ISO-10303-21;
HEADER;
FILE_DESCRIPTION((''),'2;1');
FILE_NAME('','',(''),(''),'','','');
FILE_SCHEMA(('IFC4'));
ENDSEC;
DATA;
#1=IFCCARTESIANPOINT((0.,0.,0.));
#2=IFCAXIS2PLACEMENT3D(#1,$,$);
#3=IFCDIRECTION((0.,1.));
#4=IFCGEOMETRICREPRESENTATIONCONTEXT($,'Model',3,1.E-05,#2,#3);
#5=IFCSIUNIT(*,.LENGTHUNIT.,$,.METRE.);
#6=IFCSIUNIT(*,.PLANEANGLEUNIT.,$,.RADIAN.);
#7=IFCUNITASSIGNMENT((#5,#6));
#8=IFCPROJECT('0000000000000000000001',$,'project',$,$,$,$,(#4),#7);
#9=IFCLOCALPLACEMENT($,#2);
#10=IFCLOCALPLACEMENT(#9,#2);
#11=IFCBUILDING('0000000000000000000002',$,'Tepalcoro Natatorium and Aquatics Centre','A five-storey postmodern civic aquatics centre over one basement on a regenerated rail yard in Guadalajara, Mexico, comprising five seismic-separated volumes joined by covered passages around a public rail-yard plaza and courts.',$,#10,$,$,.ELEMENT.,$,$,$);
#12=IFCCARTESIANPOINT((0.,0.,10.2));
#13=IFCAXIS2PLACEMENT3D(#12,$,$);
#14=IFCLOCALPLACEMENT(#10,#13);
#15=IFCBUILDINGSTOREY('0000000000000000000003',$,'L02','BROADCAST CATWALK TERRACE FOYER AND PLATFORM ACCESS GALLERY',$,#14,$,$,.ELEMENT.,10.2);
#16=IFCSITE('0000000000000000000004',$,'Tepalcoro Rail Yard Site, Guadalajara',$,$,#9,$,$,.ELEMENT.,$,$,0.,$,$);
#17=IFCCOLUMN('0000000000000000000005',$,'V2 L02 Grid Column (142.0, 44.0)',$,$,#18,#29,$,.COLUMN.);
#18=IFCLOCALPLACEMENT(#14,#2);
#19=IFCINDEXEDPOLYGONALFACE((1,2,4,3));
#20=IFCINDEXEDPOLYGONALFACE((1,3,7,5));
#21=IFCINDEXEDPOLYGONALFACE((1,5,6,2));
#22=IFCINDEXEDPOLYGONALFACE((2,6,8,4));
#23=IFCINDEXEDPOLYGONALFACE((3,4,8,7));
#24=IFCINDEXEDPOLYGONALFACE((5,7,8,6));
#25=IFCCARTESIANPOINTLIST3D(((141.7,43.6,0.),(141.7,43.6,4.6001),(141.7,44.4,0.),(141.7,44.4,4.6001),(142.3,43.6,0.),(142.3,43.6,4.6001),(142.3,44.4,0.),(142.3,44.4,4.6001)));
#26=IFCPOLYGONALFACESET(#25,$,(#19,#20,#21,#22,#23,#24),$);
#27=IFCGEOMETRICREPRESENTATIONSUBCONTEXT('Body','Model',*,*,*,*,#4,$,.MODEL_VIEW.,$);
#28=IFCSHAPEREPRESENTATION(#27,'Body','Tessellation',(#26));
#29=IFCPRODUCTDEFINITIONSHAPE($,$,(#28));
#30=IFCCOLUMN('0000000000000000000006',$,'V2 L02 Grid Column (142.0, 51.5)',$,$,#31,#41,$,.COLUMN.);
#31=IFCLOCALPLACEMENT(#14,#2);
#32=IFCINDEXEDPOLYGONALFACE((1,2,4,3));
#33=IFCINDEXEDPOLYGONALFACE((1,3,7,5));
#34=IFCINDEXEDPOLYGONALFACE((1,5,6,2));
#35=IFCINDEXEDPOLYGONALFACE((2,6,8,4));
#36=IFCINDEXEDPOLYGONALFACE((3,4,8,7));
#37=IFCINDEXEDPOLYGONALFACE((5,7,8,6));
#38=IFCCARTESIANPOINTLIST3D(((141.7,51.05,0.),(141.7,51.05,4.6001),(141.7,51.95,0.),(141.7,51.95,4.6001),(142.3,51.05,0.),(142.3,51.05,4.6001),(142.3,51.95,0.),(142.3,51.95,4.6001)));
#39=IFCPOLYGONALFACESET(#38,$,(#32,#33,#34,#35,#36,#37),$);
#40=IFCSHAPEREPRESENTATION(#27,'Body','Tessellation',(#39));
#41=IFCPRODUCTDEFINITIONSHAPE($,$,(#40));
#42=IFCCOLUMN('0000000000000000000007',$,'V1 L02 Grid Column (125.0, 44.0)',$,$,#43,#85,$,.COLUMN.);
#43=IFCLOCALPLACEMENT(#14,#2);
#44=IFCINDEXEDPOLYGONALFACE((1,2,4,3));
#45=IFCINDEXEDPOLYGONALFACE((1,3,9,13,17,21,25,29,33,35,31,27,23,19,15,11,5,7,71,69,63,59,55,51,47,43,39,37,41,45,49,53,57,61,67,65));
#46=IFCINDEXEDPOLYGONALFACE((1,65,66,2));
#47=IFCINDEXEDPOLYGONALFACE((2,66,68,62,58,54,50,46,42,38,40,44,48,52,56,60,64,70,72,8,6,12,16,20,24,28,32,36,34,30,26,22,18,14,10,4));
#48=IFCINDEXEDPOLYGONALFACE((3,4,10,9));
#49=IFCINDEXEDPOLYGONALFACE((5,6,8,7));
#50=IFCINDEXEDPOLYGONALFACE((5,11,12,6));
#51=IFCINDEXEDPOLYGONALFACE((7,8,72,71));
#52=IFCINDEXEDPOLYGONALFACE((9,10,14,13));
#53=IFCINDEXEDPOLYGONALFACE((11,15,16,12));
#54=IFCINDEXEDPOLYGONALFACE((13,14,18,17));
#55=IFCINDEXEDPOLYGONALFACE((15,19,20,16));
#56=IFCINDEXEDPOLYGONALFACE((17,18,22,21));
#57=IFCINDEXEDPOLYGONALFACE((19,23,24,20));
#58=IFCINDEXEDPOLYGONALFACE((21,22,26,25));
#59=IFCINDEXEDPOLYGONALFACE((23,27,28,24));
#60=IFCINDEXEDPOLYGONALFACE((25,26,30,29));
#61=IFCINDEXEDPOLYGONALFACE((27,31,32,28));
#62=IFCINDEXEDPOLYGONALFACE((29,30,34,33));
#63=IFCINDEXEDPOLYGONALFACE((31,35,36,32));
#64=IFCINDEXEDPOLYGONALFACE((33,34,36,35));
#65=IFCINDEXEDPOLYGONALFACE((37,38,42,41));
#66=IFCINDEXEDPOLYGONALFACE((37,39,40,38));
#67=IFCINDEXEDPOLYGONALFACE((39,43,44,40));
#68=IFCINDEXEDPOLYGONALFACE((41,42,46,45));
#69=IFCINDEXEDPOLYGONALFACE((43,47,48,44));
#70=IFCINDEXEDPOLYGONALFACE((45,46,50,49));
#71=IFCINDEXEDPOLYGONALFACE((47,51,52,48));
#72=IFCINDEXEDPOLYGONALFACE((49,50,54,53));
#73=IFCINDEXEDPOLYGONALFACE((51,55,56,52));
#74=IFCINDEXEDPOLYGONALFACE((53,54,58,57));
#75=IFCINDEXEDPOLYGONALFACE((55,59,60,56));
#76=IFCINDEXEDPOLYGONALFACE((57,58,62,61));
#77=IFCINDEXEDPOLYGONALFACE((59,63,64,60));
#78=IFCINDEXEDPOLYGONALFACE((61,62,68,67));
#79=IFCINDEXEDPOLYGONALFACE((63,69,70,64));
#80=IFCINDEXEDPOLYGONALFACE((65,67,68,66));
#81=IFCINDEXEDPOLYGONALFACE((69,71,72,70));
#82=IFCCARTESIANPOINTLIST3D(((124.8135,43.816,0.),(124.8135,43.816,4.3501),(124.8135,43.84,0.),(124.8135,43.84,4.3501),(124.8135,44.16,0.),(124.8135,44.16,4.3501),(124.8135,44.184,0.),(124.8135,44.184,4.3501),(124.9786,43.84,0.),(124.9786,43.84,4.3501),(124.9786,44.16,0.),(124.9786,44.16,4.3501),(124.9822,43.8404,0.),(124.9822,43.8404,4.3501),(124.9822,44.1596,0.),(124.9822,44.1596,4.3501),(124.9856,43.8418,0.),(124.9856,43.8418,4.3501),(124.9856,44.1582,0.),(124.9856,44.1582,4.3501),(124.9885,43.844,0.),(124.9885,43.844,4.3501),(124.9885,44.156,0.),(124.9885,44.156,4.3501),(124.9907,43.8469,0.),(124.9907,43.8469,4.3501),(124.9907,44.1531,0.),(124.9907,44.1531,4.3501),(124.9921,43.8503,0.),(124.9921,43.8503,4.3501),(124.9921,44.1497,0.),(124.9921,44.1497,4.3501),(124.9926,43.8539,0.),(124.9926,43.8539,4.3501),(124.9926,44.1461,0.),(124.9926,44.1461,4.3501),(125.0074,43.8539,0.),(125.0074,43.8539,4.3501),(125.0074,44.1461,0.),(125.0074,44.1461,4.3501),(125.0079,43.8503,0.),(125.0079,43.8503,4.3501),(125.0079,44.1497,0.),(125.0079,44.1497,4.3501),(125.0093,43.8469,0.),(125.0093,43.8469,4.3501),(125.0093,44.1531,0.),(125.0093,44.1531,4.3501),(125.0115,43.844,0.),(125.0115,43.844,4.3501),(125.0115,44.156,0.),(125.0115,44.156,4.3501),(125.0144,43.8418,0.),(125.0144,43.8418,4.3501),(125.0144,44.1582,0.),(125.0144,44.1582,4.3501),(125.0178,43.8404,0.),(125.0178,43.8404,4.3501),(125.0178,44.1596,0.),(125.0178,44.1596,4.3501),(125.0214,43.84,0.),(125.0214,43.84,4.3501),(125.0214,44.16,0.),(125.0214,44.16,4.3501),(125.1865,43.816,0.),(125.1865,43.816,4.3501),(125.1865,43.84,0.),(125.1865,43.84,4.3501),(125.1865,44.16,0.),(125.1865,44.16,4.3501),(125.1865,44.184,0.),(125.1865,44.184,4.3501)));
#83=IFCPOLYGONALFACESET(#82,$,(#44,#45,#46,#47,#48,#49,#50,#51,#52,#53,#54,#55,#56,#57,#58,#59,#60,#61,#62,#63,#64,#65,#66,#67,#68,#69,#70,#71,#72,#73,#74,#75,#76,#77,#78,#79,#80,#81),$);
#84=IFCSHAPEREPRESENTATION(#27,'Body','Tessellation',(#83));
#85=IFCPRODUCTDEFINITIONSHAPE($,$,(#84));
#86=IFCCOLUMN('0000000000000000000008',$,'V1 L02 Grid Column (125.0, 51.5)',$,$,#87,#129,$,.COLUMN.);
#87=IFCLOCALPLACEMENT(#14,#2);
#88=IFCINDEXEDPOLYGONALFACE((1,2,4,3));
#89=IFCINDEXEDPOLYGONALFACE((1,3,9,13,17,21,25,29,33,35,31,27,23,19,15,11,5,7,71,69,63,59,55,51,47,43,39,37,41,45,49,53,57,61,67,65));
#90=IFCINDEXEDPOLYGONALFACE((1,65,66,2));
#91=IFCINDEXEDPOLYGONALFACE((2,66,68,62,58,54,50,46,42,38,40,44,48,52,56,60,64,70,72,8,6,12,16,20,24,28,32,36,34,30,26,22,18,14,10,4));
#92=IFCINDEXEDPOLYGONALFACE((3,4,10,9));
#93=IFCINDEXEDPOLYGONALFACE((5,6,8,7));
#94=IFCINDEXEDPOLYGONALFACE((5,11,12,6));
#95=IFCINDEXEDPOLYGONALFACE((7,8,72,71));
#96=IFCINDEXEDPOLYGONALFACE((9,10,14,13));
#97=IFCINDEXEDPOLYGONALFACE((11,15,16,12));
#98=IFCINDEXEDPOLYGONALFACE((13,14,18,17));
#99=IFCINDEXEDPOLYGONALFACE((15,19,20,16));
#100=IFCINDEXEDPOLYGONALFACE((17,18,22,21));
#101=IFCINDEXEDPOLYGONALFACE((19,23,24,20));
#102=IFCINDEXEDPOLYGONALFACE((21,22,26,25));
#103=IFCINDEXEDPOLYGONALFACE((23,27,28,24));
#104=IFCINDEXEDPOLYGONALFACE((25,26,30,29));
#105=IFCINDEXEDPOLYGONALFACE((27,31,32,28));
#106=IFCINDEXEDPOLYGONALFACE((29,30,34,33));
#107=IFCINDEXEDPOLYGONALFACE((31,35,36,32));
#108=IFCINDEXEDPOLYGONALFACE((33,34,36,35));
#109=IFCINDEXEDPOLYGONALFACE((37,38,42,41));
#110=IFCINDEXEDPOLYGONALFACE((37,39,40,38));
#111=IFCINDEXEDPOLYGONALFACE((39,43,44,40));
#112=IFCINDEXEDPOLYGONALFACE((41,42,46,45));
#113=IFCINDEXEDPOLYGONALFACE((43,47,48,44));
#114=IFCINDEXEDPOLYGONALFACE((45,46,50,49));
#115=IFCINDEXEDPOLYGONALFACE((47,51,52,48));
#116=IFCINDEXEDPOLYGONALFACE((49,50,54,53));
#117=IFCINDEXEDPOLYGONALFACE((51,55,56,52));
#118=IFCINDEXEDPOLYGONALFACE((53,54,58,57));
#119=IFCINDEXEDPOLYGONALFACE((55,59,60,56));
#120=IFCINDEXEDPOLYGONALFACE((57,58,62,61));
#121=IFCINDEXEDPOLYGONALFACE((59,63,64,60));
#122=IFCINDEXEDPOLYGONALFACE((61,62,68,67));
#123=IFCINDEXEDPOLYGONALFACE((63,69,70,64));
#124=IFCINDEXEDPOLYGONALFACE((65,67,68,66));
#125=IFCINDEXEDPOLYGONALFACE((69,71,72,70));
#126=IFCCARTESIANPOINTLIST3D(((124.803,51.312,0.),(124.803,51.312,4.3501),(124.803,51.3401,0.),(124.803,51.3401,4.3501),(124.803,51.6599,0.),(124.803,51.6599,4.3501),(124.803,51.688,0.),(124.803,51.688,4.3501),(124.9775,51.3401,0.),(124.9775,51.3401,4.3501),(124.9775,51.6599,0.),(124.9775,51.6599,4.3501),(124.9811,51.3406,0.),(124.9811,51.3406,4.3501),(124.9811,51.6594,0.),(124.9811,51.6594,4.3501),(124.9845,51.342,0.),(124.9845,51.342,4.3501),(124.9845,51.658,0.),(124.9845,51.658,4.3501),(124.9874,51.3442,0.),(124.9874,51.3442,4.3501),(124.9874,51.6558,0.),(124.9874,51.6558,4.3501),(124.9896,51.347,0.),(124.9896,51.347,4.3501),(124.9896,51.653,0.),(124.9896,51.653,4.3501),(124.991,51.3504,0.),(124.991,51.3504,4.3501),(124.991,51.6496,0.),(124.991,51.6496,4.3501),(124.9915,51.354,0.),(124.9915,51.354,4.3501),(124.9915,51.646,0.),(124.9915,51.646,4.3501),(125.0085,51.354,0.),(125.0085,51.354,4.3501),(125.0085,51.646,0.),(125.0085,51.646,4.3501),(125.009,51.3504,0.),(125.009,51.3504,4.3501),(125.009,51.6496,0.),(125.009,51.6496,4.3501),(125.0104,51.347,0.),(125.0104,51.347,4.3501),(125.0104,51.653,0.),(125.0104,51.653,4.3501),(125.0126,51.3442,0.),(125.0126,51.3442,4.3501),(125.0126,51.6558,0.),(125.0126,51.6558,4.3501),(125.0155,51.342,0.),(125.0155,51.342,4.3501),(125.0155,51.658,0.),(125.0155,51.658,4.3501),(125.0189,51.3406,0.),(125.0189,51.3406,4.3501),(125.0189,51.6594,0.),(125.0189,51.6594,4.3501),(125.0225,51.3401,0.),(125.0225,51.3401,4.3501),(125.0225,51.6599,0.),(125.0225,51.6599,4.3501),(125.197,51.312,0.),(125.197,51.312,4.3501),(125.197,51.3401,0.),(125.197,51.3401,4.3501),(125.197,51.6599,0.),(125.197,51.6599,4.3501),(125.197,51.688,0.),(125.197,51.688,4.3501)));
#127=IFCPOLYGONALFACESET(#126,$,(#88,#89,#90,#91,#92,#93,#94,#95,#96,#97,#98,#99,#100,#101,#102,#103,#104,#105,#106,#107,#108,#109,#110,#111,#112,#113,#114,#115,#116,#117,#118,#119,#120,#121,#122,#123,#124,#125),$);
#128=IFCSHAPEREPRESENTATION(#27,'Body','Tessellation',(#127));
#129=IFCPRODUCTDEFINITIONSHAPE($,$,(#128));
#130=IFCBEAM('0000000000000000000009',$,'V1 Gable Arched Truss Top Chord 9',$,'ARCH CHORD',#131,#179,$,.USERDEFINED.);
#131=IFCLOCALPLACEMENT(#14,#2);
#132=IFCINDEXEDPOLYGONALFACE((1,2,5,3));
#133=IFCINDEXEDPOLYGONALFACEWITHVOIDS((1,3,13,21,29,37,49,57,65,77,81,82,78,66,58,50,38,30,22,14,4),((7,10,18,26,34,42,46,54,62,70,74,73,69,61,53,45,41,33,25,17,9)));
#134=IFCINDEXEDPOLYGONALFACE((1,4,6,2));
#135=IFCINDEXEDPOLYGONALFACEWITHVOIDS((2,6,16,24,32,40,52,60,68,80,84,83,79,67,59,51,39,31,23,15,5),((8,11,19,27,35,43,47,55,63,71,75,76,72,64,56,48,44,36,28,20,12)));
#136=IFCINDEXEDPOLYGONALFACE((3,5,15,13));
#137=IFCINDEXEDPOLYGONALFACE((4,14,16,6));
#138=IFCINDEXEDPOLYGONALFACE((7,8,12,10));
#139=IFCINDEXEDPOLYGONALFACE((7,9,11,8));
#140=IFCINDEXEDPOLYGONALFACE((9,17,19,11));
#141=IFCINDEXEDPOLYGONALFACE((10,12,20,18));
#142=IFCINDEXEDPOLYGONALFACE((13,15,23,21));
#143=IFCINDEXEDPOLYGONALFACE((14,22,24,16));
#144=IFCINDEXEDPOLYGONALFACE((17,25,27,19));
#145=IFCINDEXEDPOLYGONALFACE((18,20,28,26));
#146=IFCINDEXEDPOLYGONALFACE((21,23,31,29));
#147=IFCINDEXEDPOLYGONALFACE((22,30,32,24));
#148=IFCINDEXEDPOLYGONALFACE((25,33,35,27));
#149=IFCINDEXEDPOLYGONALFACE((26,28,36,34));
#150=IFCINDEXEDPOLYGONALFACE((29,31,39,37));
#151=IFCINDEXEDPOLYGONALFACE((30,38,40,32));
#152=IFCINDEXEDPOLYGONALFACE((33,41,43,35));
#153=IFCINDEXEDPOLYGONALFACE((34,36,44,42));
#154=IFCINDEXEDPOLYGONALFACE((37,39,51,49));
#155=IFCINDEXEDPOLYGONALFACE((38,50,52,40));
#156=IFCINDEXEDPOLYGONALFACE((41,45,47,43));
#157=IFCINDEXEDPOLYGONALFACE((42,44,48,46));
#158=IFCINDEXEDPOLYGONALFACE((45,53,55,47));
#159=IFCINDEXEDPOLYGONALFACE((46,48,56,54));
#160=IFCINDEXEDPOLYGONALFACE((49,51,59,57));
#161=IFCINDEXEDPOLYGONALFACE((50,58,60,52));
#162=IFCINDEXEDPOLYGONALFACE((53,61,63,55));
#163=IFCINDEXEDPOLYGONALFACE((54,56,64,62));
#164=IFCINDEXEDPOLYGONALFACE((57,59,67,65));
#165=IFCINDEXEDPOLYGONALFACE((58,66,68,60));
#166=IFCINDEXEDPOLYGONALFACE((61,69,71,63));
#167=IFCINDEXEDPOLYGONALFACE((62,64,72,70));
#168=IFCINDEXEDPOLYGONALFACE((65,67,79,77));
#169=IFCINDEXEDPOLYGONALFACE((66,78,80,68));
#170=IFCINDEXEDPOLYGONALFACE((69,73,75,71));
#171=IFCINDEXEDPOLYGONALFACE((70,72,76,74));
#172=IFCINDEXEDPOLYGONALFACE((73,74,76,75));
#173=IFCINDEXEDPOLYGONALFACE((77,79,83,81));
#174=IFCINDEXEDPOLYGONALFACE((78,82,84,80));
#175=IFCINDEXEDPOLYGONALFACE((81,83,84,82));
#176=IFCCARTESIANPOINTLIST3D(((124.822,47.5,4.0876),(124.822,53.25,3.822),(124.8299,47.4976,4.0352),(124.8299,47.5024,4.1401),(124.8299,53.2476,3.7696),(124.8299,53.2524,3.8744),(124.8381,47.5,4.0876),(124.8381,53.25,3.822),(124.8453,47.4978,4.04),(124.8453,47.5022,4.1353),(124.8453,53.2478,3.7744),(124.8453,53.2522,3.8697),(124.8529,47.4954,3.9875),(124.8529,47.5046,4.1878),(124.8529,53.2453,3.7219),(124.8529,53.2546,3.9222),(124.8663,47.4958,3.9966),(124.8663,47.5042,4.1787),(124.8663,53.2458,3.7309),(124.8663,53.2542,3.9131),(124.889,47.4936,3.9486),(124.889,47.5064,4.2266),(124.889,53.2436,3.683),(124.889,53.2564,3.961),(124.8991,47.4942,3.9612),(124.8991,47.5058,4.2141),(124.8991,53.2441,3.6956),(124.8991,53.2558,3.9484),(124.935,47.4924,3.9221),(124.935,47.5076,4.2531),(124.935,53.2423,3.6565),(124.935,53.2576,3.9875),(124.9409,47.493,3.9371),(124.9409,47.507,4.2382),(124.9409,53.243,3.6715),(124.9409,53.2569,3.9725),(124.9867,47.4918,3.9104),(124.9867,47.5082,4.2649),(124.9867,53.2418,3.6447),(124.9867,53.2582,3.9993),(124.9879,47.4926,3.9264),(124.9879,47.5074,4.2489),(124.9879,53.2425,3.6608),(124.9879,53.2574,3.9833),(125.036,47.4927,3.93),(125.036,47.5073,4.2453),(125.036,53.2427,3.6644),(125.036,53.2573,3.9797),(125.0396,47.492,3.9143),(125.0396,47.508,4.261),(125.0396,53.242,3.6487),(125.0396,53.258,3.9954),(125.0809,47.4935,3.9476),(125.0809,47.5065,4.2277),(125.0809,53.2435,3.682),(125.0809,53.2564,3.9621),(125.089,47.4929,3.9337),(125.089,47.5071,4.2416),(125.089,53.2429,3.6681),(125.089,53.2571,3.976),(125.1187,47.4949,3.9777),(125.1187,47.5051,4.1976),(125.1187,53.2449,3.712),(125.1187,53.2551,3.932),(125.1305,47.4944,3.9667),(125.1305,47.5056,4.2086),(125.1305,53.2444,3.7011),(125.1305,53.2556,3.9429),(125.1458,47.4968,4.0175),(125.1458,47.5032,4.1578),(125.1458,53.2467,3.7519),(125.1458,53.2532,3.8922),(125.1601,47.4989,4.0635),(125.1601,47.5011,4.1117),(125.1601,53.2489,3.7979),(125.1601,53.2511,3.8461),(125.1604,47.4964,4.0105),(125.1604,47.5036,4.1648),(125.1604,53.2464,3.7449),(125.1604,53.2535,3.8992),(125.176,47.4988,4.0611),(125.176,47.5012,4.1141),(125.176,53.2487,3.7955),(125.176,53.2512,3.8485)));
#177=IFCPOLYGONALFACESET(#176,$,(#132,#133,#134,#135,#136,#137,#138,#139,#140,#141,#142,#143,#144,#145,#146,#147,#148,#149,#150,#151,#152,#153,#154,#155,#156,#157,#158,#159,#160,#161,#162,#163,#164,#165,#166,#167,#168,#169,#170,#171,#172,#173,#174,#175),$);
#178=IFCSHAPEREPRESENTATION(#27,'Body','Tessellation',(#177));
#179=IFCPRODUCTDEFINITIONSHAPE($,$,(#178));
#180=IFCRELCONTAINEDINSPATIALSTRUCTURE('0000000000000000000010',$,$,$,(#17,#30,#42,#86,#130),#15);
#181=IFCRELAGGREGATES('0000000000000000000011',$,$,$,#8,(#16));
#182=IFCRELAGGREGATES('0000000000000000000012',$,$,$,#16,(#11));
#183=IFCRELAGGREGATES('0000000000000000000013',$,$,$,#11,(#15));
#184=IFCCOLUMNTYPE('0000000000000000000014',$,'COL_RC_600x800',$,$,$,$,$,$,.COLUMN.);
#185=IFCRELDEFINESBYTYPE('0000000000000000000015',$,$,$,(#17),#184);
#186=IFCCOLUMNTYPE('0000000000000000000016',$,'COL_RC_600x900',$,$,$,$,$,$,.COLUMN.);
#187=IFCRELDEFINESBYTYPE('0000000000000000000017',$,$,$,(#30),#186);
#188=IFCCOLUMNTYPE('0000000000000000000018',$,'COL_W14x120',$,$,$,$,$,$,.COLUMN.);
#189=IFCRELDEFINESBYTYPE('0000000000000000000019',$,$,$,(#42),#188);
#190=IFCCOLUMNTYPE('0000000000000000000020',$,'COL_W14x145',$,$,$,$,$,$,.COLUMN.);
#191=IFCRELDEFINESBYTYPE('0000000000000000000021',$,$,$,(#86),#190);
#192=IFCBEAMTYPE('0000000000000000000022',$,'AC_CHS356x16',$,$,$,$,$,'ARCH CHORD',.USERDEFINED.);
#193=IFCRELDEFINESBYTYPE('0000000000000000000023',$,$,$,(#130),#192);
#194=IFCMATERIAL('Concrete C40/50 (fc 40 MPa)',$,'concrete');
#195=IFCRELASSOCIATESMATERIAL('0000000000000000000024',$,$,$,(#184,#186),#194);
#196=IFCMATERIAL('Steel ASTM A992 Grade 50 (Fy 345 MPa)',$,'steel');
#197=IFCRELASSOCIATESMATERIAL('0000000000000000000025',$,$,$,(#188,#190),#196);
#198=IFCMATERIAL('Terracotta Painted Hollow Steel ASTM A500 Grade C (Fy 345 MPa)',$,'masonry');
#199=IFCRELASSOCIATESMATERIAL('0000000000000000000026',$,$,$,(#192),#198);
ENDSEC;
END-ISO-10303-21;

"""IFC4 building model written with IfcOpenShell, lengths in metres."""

from ifc_helpers import new_model, si_unit, direction, frame, origin, origin_2d, place, context, subcontext, project, spatial, rectangle, hollow_circle, i_section, extrude, material, material_profile, profile_set, type_object, element, save


model = new_model("IFC4")

# Units and contexts
model_context = context("Model", 3, precision=1e-05, world=origin(), true_north=direction((0.0, 1.0)))
body_context = subcontext(model_context, "Body", "Model", "MODEL_VIEW")
ifc_project = project(units=[si_unit("LENGTHUNIT", "METRE"), si_unit("PLANEANGLEUNIT", "RADIAN")], contexts=[model_context])

# Site, building, storey
site_placement = place(None, origin())
site = spatial("IfcSite", under=ifc_project, at=site_placement, Name="Tepalcoro Rail Yard Site, Guadalajara", CompositionType="ELEMENT", RefElevation=0.0)
building_placement = place(site_placement, origin())
building = spatial("IfcBuilding", under=site, at=building_placement, Name="Tepalcoro Natatorium and Aquatics Centre", Description="A five-storey postmodern civic aquatics centre over one basement on a regenerated rail yard in Guadalajara, Mexico, comprising five seismic-separated volumes joined by covered passages around a public rail-yard plaza and courts.", CompositionType="ELEMENT")
storey_placement = place(building_placement, frame((0.0, 0.0, 10.2)))
storey = spatial("IfcBuildingStorey", under=building, at=storey_placement, Name="L02", Description="BROADCAST CATWALK TERRACE FOYER AND PLATFORM ACCESS GALLERY", CompositionType="ELEMENT", Elevation=10.2)

# Columns
ifc_material_1 = material(Name="Concrete C40/50 (fc 40 MPa)", Category="concrete")
ifc_material_profile_1 = material_profile(ifc_material_1, rectangle(XDim=0.6001, YDim=0.8, at=origin_2d()), Name="RC600x800")
ifc_profile_set_1 = profile_set([ifc_material_profile_1], Name="Concrete C40/50 (fc 40 MPa)")
column_type_1 = type_object("IfcColumnType", Name="COL_RC_600x800", PredefinedType="COLUMN", material=ifc_profile_set_1)
column_1_placement = place(storey_placement, frame((142.0, 44.0, 0.0), z_axis=(0.0, 0.0, 1.0), x_axis=(1.0, 0.0, 0.0)))
element("IfcColumn", 1, at=column_1_placement, inside=storey, type_object=column_type_1, Name="V2 L02 Grid Column (142.0, 44.0)", PredefinedType="COLUMN", context=body_context, shape_type="SweptSolid", body=[
    extrude(rectangle(XDim=0.6001, YDim=0.8, at=origin_2d()), origin(), (0.0, 0.0, 1.0), 4.6001),
])
ifc_material_profile_2 = material_profile(ifc_material_1, rectangle(XDim=0.6001, YDim=0.8999, at=origin_2d()), Name="RC600x900")
ifc_profile_set_2 = profile_set([ifc_material_profile_2], Name="Concrete C40/50 (fc 40 MPa)")
column_type_2 = type_object("IfcColumnType", Name="COL_RC_600x900", PredefinedType="COLUMN", material=ifc_profile_set_2)
column_2_placement = place(storey_placement, frame((142.0, 51.5, 0.0), z_axis=(0.0, 0.0, 1.0), x_axis=(1.0, 0.0, 0.0)))
element("IfcColumn", 2, at=column_2_placement, inside=storey, type_object=column_type_2, Name="V2 L02 Grid Column (142.0, 51.5)", PredefinedType="COLUMN", context=body_context, shape_type="SweptSolid", body=[
    extrude(rectangle(XDim=0.6001, YDim=0.8999, at=origin_2d()), origin(), (0.0, 0.0, 1.0), 4.6001),
])
ifc_material_2 = material(Name="Steel ASTM A992 Grade 50 (Fy 345 MPa)", Category="steel")
ifc_material_profile_3 = material_profile(ifc_material_2, i_section(OverallWidth=0.373, OverallDepth=0.3679, WebThickness=0.0149, FlangeThickness=0.0239, FilletRadius=0.0139, at=origin_2d()), Name="W14X120")
ifc_profile_set_3 = profile_set([ifc_material_profile_3], Name="Steel ASTM A992 Grade 50 (Fy 345 MPa)")
column_type_3 = type_object("IfcColumnType", Name="COL_W14x120", PredefinedType="COLUMN", material=ifc_profile_set_3)
column_3_placement = place(storey_placement, frame((125.0, 44.0, 0.0), z_axis=(0.0, 0.0, 1.0), x_axis=(1.0, 0.0, 0.0)))
element("IfcColumn", 3, at=column_3_placement, inside=storey, type_object=column_type_3, Name="V1 L02 Grid Column (125.0, 44.0)", PredefinedType="COLUMN", context=body_context, shape_type="SweptSolid", body=[
    extrude(i_section(OverallWidth=0.373, OverallDepth=0.3679, WebThickness=0.0149, FlangeThickness=0.0239, FilletRadius=0.0139, at=origin_2d()), origin(), (0.0, 0.0, 1.0), 4.3501),
])
ifc_material_profile_4 = material_profile(ifc_material_2, i_section(OverallWidth=0.394, OverallDepth=0.376, WebThickness=0.0171, FlangeThickness=0.0281, FilletRadius=0.0139, at=origin_2d()), Name="W14X145")
ifc_profile_set_4 = profile_set([ifc_material_profile_4], Name="Steel ASTM A992 Grade 50 (Fy 345 MPa)")
column_type_4 = type_object("IfcColumnType", Name="COL_W14x145", PredefinedType="COLUMN", material=ifc_profile_set_4)
column_4_placement = place(storey_placement, frame((125.0, 51.5, 0.0), z_axis=(0.0, 0.0, 1.0), x_axis=(1.0, 0.0, 0.0)))
element("IfcColumn", 4, at=column_4_placement, inside=storey, type_object=column_type_4, Name="V1 L02 Grid Column (125.0, 51.5)", PredefinedType="COLUMN", context=body_context, shape_type="SweptSolid", body=[
    extrude(i_section(OverallWidth=0.394, OverallDepth=0.376, WebThickness=0.0171, FlangeThickness=0.0281, FilletRadius=0.0139, at=origin_2d()), origin(), (0.0, 0.0, 1.0), 4.3501),
])

# Beam
ifc_material_3 = material(Name="Terracotta Painted Hollow Steel ASTM A500 Grade C (Fy 345 MPa)", Category="masonry")
ifc_material_profile_5 = material_profile(ifc_material_3, hollow_circle(Radius=0.178, WallThickness=0.0161, at=origin_2d()), Name="CHS356X16")
ifc_profile_set_5 = profile_set([ifc_material_profile_5], Name="Terracotta Painted Hollow Steel ASTM A500 Grade C (Fy 345 MPa)")
beam_type_1 = type_object("IfcBeamType", Name="AC_CHS356x16", ElementType="ARCH CHORD", PredefinedType="USERDEFINED", material=ifc_profile_set_5)
beam_1_placement = place(storey_placement, frame((125.0, 47.5, 4.0876), z_axis=(0.0, 0.998935, -0.046146), x_axis=(-1.0, 0.0, 0.0)))
element("IfcBeam", 5, at=beam_1_placement, inside=storey, type_object=beam_type_1, Name="V1 Gable Arched Truss Top Chord 9", ObjectType="ARCH CHORD", PredefinedType="USERDEFINED", context=body_context, shape_type="SweptSolid", body=[
    extrude(hollow_circle(Radius=0.178, WallThickness=0.0161, at=origin_2d()), origin(), (0.0, 0.0, 1.0), 5.7561),
])

save(model, "model.ifc")
